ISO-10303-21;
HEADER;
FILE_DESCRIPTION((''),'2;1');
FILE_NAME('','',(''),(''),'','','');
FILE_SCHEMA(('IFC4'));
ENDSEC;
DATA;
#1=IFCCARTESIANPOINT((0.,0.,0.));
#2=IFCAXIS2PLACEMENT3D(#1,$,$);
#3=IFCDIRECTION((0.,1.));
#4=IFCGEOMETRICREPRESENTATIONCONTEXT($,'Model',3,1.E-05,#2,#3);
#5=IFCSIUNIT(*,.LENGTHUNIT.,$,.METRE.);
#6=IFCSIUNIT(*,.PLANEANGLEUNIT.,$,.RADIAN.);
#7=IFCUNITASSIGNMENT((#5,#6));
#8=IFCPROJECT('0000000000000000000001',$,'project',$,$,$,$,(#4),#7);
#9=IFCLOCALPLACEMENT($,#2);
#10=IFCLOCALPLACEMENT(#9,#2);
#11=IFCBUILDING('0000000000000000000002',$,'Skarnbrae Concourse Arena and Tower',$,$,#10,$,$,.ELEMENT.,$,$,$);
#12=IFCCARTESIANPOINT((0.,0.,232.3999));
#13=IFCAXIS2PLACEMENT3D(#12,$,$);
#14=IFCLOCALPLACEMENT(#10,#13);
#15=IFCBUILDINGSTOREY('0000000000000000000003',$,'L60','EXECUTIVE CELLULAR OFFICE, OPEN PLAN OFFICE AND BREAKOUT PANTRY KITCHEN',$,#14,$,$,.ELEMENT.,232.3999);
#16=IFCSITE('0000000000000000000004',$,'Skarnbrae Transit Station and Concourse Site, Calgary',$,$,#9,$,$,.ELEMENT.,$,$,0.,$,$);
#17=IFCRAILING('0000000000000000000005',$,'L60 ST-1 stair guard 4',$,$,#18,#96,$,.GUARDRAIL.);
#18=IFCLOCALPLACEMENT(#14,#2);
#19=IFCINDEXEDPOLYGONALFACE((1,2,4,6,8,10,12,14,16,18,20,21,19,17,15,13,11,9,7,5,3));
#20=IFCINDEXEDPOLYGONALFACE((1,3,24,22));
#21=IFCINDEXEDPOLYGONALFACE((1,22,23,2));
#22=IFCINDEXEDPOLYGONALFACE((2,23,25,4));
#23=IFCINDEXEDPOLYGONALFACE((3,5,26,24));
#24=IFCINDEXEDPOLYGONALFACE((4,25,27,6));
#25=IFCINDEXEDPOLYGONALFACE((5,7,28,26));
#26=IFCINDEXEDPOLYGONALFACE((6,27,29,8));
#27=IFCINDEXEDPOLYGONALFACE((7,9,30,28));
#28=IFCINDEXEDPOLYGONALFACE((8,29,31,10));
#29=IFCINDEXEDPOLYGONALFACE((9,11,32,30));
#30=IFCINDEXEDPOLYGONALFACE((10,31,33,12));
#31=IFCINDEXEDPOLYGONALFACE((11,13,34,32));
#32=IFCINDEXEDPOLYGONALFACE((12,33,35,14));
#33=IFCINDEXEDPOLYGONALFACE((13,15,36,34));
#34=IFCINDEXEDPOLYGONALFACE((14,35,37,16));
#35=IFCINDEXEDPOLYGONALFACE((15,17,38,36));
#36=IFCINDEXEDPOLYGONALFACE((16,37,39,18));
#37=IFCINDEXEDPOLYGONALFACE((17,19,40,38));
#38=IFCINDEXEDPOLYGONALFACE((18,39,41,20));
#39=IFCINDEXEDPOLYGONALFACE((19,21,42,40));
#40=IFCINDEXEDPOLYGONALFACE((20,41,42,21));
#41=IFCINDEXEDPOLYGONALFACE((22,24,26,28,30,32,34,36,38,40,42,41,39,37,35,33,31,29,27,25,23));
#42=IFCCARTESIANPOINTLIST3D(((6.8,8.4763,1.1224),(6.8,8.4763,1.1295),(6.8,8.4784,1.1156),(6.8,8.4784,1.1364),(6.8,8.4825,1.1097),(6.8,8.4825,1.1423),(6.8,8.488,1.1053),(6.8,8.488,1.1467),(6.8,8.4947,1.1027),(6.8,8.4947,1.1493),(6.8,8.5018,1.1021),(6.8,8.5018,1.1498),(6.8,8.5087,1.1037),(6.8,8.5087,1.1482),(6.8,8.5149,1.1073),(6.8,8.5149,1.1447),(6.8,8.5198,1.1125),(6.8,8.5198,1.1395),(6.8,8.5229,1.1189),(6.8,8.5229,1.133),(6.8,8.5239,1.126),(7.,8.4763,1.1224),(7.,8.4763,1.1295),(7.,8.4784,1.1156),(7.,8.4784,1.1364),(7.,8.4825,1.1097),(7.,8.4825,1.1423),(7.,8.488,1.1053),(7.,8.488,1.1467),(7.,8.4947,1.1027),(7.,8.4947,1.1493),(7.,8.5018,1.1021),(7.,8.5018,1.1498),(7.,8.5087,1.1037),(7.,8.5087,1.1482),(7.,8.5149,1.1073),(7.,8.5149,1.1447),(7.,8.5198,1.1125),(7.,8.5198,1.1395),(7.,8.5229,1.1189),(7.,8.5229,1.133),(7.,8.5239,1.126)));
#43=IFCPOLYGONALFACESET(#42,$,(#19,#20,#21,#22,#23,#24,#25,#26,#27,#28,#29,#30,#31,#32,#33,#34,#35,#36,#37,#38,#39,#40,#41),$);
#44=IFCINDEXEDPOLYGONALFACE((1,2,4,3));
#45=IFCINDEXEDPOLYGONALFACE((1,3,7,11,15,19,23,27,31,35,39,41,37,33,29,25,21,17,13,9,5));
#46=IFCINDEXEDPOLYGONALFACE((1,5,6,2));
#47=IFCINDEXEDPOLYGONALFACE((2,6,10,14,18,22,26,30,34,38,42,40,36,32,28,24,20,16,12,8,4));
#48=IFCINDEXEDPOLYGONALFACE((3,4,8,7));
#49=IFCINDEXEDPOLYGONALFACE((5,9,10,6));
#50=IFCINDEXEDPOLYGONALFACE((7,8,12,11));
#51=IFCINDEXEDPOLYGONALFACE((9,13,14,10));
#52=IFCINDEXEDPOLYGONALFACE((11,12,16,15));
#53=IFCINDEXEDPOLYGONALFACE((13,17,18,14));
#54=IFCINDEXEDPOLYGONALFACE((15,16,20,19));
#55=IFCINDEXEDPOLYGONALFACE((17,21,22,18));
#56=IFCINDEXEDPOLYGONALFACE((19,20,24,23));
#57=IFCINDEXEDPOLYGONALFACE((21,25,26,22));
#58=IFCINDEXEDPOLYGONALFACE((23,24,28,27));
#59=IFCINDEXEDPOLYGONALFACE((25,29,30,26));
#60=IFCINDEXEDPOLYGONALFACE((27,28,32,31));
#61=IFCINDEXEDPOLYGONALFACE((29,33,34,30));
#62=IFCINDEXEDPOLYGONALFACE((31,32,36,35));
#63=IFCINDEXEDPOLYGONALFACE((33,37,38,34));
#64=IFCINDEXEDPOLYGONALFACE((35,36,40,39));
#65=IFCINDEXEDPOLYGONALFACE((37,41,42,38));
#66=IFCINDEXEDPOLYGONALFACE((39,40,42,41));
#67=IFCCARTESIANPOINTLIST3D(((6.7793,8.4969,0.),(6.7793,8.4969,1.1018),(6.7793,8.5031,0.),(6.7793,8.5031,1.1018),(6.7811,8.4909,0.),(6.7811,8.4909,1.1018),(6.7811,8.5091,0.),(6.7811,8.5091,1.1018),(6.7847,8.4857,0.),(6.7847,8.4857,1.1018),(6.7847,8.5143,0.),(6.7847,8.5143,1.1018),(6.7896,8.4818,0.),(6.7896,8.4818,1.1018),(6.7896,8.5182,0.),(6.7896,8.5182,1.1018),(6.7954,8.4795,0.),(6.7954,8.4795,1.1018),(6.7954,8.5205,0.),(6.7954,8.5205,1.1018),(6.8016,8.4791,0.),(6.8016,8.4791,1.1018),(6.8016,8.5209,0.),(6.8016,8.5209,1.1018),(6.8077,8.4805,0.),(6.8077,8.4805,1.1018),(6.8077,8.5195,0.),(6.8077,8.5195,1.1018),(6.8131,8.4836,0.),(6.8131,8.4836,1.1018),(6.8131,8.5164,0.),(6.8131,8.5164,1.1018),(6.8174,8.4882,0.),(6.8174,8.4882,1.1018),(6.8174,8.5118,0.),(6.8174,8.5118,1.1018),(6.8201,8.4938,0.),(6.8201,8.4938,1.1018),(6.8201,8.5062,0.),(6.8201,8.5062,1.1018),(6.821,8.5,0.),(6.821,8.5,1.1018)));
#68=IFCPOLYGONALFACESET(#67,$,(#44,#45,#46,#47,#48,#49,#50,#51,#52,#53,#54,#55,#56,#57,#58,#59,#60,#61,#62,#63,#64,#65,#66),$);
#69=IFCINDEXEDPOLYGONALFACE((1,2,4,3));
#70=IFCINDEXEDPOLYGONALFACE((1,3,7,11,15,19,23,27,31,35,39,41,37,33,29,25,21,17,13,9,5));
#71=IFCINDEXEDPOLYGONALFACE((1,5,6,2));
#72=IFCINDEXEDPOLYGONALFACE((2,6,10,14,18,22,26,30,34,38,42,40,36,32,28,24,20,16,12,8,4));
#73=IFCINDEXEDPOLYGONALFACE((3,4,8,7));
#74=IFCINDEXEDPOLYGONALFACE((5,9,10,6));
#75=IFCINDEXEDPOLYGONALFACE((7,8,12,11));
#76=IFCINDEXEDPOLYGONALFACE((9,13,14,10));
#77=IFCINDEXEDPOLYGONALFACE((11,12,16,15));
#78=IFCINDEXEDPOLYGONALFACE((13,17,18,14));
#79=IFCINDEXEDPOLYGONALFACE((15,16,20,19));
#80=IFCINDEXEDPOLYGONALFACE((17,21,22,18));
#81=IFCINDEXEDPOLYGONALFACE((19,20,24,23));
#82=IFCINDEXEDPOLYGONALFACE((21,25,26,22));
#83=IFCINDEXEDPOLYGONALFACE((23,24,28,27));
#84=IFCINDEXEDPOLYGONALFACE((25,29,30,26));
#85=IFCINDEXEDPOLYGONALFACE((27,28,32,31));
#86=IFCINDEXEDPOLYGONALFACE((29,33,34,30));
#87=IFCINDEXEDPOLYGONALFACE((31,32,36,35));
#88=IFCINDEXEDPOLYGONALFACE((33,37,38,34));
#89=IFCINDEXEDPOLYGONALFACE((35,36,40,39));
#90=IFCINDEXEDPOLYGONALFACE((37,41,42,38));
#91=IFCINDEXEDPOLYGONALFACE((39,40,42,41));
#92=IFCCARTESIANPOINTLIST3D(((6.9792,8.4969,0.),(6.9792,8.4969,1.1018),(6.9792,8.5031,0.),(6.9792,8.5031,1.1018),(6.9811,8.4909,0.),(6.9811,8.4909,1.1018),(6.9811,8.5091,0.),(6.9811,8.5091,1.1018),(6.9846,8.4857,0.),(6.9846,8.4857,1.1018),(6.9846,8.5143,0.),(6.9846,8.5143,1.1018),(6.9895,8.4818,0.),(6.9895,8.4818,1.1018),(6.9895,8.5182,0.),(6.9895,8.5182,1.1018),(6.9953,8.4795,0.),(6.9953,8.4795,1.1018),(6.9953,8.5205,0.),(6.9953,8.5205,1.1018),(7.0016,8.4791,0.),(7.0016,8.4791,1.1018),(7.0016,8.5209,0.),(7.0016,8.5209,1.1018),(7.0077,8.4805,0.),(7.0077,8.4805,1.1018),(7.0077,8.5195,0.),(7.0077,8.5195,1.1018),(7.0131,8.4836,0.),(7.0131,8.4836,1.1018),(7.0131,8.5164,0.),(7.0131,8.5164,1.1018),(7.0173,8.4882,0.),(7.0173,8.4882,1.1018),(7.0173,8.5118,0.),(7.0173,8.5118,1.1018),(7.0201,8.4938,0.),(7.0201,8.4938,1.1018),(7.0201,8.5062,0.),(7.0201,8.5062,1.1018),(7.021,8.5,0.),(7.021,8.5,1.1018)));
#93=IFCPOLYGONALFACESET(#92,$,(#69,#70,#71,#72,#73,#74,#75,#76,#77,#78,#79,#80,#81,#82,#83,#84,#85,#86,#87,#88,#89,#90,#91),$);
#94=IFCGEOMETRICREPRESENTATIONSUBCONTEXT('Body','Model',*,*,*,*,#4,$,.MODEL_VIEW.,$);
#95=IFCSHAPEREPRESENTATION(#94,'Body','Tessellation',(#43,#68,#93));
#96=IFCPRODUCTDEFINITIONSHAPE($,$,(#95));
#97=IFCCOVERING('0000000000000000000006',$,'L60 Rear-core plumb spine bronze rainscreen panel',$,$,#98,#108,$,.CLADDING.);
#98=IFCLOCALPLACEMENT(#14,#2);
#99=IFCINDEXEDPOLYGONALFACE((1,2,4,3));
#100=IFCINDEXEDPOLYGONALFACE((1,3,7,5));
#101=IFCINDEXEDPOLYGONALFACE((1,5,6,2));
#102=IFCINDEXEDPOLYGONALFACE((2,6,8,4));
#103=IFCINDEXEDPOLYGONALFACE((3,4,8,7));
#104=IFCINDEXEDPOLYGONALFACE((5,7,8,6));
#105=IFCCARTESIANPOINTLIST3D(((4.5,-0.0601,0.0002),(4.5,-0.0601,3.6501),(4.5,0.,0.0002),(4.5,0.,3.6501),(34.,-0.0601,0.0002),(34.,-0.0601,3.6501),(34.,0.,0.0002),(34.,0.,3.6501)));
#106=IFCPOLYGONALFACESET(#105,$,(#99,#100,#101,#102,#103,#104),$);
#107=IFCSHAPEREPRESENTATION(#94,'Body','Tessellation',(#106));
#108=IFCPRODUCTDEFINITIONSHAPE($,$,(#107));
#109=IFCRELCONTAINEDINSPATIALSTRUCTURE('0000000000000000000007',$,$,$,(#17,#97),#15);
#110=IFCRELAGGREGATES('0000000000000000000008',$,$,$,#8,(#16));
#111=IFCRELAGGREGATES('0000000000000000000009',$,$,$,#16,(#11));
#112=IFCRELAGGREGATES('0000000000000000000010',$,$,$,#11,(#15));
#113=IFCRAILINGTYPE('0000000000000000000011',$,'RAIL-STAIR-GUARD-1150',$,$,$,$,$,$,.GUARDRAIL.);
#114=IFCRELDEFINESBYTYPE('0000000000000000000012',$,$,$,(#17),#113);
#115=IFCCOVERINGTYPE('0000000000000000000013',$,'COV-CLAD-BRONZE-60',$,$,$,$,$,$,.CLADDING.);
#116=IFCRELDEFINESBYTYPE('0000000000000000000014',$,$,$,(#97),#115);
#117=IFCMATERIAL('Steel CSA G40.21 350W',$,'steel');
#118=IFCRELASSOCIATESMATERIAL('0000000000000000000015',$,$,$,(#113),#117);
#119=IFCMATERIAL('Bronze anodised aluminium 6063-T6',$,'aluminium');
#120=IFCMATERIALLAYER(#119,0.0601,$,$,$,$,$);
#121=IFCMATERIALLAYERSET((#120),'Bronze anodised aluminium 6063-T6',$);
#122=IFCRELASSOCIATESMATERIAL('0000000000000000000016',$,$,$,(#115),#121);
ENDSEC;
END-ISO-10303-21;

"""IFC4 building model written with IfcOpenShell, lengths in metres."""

from ifc_helpers import new_model, si_unit, direction, frame, origin, origin_2d, place, context, subcontext, project, spatial, rectangle, circle, extrude, source, transform, mapped, material, layer, layer_set, type_object, element, save


model = new_model("IFC4")

# Units and contexts
model_context = context("Model", 3, precision=1e-05, world=origin(), true_north=direction((0.0, 1.0)))
body_context = subcontext(model_context, "Body", "Model", "MODEL_VIEW")
ifc_project = project(units=[si_unit("LENGTHUNIT", "METRE"), si_unit("PLANEANGLEUNIT", "RADIAN")], contexts=[model_context])

# Site, building, storey
site_placement = place(None, origin())
site = spatial("IfcSite", under=ifc_project, at=site_placement, Name="Skarnbrae Transit Station and Concourse Site, Calgary", CompositionType="ELEMENT", RefElevation=0.0)
building_placement = place(site_placement, origin())
building = spatial("IfcBuilding", under=site, at=building_placement, Name="Skarnbrae Concourse Arena and Tower", CompositionType="ELEMENT")
storey_placement = place(building_placement, frame((0.0, 0.0, 232.3999)))
storey = spatial("IfcBuildingStorey", under=building, at=storey_placement, Name="L60", Description="EXECUTIVE CELLULAR OFFICE, OPEN PLAN OFFICE AND BREAKOUT PANTRY KITCHEN", CompositionType="ELEMENT", Elevation=232.3999)

# Shared definitions
ifc_material_1 = material(Name="Steel CSA G40.21 350W", Category="steel")

# Railing
railing_type_1 = type_object("IfcRailingType", Name="RAIL-STAIR-GUARD-1150", PredefinedType="GUARDRAIL", material=ifc_material_1)
railing_1_placement = place(storey_placement, frame((6.8, 8.5, 0.0)))
element("IfcRailing", 1, at=railing_1_placement, inside=storey, type_object=railing_type_1, Name="L60 ST-1 stair guard 4", PredefinedType="GUARDRAIL", context=body_context, shape_type="SweptSolid", body=[
    extrude(circle(Radius=0.0239, at=origin_2d()), frame((0.0, 0.0, 1.126), z_axis=(1.0, 0.0, 0.0), x_axis=(0.0, 1.0, 0.0)), (0.0, 0.0, 1.0), 0.2),
    extrude(circle(Radius=0.021, at=origin_2d()), origin(), (0.0, 0.0, 1.0), 1.1018),
    extrude(circle(Radius=0.021, at=origin_2d()), frame((0.2, 0.0, 0.0)), (0.0, 0.0, 1.0), 1.1018),
])

# Covering
ifc_material_2 = material(Name="Bronze anodised aluminium 6063-T6", Category="aluminium")
ifc_layer_1 = layer(ifc_material_2, 0.0601)
ifc_layer_set_1 = layer_set([ifc_layer_1], Name="Bronze anodised aluminium 6063-T6")
covering_type = type_object("IfcCoveringType", Name="COV-CLAD-BRONZE-60", PredefinedType="CLADDING", material=ifc_layer_set_1)
shared_shape_1 = source(origin(), body_context, "Body", "SweptSolid", [
    extrude(rectangle(XDim=29.5, YDim=0.0601, at=origin_2d()), origin(), (0.0, 0.0, 1.0), 3.6499),
])
covering_placement = place(storey_placement, frame((19.25, -0.03, 0.0002), z_axis=(0.0, 0.0, 1.0), x_axis=(1.0, 0.0, 0.0)))
element("IfcCovering", 2, at=covering_placement, inside=storey, type_object=covering_type, Name="L60 Rear-core plumb spine bronze rainscreen panel", PredefinedType="CLADDING", context=body_context, shape_type="MappedRepresentation", body=[
    mapped(shared_shape_1, transform((0.0, 0.0, 0.0))),
])

save(model, "model.ifc")
